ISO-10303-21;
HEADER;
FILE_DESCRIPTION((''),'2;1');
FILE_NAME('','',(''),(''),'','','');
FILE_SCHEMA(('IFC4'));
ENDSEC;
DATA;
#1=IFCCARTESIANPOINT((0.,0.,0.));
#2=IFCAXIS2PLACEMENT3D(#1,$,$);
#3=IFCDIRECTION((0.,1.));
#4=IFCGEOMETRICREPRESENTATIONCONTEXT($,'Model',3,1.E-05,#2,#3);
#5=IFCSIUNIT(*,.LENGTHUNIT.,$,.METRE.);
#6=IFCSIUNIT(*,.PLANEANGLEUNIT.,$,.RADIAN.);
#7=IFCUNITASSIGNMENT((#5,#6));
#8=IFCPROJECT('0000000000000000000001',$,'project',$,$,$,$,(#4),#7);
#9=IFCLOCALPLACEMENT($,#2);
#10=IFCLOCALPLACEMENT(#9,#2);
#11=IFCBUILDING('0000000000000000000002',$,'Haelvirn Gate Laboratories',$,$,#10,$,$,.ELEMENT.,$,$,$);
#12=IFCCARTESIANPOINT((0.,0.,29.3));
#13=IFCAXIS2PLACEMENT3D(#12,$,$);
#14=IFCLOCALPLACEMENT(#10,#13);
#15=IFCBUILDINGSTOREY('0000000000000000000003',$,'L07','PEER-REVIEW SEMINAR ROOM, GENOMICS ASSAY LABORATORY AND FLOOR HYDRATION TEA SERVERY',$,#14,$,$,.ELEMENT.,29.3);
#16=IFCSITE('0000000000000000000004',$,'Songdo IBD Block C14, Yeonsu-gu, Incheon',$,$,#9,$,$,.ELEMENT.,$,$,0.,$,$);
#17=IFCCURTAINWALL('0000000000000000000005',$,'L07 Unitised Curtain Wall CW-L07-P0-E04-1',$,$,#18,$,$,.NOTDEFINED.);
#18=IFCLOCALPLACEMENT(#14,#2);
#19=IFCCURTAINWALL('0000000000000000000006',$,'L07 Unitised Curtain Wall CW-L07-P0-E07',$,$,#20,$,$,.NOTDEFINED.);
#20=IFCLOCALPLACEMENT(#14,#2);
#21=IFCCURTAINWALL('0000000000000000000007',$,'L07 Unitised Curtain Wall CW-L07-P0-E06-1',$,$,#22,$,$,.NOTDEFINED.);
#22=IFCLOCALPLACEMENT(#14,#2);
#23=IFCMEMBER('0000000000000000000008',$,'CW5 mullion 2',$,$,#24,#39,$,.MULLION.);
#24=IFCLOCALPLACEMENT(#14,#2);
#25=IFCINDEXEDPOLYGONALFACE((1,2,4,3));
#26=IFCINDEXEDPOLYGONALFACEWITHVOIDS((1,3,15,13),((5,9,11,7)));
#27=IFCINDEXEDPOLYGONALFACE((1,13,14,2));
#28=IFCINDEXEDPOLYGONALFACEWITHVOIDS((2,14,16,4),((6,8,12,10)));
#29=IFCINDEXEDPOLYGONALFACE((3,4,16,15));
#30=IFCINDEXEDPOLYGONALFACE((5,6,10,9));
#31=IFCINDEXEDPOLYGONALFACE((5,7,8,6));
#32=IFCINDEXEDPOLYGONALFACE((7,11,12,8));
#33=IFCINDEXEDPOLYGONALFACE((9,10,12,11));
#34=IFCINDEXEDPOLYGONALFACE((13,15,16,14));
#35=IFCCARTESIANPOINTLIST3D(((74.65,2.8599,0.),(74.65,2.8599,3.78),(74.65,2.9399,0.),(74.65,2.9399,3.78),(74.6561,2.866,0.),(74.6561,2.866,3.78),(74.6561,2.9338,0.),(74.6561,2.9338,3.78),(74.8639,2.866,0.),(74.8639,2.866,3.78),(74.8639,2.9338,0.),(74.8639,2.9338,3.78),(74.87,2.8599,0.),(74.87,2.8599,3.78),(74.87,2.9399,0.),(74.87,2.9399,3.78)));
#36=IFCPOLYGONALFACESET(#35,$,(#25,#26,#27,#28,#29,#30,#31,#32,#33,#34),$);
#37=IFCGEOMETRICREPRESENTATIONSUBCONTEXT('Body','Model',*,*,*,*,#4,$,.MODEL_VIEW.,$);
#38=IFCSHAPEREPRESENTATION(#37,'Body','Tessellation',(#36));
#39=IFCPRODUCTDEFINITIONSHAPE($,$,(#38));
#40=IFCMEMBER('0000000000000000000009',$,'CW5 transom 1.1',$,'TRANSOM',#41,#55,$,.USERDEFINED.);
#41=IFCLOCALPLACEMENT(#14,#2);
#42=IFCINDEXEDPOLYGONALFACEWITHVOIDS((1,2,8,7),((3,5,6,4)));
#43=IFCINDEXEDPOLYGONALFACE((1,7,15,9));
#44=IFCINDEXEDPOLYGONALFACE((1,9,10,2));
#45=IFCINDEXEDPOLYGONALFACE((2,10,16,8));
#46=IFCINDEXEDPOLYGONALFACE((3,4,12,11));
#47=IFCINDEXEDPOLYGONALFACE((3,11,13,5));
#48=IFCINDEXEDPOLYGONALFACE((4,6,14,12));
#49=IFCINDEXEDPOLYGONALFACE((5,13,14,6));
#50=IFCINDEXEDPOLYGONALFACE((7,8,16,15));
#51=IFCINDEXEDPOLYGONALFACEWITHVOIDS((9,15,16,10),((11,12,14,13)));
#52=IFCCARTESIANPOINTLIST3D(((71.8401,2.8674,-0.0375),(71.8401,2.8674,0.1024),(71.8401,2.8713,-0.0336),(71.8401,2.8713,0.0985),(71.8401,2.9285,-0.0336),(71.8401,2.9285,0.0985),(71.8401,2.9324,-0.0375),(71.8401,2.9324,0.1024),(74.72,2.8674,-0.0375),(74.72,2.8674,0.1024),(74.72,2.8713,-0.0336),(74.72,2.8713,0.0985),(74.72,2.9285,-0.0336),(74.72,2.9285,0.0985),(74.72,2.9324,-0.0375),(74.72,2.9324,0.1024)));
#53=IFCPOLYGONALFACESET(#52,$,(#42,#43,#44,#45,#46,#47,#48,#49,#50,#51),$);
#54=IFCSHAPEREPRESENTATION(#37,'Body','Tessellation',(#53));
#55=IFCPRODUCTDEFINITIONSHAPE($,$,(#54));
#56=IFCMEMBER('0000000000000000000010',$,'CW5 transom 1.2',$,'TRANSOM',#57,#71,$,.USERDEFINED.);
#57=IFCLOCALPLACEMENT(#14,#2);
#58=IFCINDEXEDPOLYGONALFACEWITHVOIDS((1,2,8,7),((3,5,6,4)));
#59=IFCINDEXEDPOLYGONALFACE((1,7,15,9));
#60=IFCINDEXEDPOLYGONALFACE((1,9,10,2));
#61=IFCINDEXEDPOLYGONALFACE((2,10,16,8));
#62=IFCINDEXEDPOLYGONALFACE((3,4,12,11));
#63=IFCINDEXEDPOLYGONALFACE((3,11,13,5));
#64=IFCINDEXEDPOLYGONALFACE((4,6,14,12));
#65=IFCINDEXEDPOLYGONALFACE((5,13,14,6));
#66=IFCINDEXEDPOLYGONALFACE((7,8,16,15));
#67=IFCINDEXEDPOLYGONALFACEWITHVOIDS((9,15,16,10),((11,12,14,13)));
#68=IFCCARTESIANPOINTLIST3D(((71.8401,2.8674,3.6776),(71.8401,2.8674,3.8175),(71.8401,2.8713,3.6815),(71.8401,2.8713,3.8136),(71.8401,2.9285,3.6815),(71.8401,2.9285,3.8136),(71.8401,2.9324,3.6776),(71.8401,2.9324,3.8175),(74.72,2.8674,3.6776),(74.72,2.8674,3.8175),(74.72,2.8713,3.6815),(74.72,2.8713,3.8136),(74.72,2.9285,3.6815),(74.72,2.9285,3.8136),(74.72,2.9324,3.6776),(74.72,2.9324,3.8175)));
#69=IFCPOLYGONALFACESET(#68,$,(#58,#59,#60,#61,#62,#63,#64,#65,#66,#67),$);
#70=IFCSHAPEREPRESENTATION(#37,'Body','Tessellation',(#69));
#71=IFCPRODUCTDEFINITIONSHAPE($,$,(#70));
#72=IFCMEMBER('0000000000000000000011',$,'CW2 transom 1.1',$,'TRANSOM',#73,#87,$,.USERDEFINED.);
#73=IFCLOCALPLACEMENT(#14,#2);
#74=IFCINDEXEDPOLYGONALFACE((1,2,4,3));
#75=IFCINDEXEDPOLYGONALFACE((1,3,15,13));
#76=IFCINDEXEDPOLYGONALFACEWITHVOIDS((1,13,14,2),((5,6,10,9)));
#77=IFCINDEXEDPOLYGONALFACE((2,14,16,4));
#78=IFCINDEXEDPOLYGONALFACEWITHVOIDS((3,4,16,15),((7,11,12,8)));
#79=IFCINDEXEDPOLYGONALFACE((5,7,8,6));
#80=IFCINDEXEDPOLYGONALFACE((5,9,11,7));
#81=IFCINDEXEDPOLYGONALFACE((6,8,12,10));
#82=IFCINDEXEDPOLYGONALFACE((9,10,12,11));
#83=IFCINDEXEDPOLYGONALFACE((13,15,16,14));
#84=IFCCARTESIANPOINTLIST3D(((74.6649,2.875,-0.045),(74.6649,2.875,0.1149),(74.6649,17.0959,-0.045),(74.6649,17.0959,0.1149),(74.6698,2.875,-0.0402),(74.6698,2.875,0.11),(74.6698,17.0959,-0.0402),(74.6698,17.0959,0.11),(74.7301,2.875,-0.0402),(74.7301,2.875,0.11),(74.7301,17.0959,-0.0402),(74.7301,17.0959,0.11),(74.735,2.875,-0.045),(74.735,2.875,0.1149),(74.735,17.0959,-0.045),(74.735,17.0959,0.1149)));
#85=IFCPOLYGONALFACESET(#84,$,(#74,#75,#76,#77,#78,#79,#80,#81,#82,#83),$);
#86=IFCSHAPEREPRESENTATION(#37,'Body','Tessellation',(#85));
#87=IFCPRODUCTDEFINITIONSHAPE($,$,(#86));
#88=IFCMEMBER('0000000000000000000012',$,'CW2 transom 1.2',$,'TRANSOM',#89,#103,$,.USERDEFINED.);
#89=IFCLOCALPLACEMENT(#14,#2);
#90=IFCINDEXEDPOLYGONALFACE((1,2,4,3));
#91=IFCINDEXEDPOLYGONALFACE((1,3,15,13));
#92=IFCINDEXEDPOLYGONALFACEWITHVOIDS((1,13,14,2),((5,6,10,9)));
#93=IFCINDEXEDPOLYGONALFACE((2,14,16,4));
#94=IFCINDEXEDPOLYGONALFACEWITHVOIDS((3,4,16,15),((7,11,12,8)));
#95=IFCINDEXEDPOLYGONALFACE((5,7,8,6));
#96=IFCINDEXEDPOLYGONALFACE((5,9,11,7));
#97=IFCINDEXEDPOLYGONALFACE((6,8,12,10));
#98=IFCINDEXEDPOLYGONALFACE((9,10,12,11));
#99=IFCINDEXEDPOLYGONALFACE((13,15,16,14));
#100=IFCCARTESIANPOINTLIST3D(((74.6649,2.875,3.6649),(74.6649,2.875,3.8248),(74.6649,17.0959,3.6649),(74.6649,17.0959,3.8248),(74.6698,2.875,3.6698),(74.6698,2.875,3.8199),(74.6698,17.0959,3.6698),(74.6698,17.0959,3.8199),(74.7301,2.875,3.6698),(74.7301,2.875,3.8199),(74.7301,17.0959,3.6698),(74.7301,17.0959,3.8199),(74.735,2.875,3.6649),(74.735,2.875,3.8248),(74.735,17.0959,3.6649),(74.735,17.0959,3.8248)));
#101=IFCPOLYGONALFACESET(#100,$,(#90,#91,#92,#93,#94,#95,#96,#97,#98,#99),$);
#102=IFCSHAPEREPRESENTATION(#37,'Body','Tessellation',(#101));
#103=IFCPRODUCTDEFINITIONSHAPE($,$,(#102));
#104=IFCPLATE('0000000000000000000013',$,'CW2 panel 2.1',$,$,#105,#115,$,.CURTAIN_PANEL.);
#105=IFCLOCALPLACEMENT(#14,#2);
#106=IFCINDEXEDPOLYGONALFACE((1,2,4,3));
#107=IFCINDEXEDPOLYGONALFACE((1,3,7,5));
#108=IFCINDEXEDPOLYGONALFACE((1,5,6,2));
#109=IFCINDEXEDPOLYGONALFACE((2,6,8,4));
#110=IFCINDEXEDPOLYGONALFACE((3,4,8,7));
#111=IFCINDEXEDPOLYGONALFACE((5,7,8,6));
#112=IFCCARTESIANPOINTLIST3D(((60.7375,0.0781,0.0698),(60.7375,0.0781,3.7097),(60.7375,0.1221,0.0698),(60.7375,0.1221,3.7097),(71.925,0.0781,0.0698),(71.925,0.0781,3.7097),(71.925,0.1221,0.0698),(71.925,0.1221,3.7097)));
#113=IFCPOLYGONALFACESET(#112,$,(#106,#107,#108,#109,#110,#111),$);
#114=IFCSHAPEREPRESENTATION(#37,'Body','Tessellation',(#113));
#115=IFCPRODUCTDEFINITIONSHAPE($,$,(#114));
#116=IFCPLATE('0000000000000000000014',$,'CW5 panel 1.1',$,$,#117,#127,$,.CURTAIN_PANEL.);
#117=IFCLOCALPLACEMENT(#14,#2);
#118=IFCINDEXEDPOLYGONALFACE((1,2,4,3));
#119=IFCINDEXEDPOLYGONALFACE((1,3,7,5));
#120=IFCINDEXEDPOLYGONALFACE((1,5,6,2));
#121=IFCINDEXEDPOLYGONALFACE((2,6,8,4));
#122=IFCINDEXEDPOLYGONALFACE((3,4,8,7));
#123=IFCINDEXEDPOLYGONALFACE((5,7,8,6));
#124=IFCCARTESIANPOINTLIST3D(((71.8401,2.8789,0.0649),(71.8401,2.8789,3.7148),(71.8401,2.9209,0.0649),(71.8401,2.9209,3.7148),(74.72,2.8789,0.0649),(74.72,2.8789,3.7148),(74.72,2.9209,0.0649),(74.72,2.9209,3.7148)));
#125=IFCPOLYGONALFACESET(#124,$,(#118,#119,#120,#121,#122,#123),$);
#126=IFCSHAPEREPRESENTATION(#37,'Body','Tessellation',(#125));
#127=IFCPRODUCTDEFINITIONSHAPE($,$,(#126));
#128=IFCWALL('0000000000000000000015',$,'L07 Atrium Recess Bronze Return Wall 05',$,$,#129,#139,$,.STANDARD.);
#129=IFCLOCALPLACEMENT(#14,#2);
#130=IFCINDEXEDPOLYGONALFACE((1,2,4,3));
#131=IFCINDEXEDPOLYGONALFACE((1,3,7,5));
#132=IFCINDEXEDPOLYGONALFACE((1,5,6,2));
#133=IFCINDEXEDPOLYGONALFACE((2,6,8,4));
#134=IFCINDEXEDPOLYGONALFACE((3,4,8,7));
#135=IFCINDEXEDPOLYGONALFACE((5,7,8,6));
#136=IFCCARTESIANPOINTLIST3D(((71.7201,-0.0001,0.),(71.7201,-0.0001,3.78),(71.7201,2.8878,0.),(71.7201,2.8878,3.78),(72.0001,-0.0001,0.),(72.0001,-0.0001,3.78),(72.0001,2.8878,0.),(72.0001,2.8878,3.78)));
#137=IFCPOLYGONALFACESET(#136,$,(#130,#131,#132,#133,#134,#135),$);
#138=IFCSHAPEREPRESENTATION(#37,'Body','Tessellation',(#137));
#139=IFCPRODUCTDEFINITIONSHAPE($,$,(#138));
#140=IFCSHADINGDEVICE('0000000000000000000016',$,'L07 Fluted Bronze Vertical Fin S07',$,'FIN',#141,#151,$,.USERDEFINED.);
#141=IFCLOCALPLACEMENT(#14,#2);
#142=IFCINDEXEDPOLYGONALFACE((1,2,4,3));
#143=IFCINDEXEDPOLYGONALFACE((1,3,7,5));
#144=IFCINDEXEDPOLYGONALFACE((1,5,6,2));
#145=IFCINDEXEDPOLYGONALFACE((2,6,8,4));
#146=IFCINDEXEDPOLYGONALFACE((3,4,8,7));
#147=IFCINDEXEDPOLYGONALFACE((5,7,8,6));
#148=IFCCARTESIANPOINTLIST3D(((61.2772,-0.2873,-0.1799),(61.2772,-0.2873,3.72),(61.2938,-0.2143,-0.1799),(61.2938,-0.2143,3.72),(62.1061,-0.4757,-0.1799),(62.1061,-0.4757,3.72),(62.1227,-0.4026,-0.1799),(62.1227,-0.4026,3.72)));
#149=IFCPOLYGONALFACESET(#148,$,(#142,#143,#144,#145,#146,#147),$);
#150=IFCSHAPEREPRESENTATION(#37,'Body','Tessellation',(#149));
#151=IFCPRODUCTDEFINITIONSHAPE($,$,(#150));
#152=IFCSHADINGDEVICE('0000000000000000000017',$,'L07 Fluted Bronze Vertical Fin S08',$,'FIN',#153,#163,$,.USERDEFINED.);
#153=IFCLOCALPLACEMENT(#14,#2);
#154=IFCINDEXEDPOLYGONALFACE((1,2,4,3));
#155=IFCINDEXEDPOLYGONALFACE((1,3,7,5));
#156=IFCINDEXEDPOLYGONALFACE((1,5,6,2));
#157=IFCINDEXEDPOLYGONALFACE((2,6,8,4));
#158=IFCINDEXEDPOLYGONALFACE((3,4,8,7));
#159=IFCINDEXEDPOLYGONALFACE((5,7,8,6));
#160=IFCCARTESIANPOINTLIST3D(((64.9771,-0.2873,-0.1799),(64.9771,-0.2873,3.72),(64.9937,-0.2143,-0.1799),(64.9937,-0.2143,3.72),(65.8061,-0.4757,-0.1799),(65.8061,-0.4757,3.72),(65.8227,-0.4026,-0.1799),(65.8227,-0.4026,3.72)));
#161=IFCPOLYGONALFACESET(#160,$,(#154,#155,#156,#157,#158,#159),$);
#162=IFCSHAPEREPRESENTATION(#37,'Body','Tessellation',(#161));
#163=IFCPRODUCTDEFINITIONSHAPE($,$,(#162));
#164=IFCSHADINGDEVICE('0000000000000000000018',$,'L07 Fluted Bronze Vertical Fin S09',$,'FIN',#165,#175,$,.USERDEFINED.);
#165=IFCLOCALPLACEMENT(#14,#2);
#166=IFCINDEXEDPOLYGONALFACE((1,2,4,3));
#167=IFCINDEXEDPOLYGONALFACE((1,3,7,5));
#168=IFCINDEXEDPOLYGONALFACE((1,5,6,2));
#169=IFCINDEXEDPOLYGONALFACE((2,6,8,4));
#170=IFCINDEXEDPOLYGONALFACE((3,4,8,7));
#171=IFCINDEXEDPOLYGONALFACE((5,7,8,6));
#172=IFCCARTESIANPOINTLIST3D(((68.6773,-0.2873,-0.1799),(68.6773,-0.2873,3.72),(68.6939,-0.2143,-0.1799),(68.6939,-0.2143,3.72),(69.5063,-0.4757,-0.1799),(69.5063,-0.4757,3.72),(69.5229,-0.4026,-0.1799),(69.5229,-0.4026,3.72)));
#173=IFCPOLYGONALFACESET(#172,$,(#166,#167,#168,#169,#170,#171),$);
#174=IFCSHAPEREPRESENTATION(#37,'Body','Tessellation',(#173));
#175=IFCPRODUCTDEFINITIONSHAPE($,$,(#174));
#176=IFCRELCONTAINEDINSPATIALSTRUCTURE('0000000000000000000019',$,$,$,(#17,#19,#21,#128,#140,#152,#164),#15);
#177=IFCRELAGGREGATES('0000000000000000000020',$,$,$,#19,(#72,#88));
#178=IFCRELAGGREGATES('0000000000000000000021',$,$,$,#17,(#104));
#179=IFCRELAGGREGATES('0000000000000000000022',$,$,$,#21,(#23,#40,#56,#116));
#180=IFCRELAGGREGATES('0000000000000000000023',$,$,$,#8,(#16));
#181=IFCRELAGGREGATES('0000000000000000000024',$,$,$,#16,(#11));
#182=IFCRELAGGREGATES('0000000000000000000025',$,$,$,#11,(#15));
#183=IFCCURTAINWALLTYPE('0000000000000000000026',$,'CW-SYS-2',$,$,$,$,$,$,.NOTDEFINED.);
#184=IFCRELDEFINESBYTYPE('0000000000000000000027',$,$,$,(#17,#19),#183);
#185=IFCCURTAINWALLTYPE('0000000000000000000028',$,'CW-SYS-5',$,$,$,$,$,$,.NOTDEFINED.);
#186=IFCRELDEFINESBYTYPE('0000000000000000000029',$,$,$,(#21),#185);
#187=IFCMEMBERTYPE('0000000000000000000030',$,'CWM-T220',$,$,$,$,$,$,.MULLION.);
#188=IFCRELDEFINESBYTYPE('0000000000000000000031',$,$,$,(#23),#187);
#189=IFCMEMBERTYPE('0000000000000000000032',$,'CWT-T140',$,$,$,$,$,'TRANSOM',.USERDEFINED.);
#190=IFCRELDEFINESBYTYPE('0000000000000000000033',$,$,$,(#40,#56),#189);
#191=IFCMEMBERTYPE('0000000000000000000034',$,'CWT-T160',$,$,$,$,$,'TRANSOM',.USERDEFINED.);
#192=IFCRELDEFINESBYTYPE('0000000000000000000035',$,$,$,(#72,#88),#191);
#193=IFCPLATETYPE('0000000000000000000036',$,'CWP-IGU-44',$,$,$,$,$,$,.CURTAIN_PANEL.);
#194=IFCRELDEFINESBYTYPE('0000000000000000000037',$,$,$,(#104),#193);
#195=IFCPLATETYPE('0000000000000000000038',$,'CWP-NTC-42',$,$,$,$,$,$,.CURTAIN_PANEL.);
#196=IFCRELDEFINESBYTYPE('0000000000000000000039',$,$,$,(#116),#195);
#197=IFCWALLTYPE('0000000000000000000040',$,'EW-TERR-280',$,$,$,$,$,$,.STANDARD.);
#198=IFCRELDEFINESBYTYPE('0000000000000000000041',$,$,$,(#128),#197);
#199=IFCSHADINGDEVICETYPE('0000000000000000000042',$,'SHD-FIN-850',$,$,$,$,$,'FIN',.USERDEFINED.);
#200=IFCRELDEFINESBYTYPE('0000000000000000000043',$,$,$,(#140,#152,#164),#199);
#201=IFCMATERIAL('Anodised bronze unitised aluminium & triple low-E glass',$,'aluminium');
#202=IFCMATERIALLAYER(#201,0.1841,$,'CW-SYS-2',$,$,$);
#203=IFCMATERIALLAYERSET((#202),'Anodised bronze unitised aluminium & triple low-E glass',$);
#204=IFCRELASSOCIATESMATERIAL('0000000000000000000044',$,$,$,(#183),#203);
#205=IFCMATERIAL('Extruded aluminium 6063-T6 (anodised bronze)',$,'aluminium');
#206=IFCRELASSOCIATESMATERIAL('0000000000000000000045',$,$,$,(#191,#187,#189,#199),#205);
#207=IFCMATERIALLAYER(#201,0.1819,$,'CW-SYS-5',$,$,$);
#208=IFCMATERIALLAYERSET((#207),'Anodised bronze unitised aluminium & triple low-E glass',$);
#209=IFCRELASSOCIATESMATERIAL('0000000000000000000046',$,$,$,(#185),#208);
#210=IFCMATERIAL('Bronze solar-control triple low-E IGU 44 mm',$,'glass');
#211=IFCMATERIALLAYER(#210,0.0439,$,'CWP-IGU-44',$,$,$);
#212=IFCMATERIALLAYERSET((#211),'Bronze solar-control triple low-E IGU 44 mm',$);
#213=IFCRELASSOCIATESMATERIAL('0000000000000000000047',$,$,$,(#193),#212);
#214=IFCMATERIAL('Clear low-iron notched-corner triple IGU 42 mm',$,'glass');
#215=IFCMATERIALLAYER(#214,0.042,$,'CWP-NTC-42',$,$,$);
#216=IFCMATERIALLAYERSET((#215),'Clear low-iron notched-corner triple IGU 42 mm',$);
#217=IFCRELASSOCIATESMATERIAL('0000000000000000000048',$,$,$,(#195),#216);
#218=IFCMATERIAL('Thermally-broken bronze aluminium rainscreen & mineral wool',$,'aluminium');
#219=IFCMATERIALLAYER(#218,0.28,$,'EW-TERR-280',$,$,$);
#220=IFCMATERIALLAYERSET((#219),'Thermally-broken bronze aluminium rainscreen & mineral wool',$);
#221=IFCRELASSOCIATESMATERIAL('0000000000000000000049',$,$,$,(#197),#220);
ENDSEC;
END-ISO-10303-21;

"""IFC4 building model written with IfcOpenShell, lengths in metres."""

from ifc_helpers import new_model, si_unit, direction, frame, frame_2d, origin, origin_2d, place, context, subcontext, project, spatial, rectangle, hollow_rectangle, extrude, source, transform, mapped, material, layer, layer_set, material_profile, profile_set, type_object, type_shapes, element, aggregate, save


model = new_model("IFC4")

# Units and contexts
model_context = context("Model", 3, precision=1e-05, world=origin(), true_north=direction((0.0, 1.0)))
body_context = subcontext(model_context, "Body", "Model", "MODEL_VIEW")
ifc_project = project(units=[si_unit("LENGTHUNIT", "METRE"), si_unit("PLANEANGLEUNIT", "RADIAN")], contexts=[model_context])

# Site, building, storey
site_placement = place(None, origin())
site = spatial("IfcSite", under=ifc_project, at=site_placement, Name="Songdo IBD Block C14, Yeonsu-gu, Incheon", CompositionType="ELEMENT", RefElevation=0.0)
building_placement = place(site_placement, origin())
building = spatial("IfcBuilding", under=site, at=building_placement, Name="Haelvirn Gate Laboratories", CompositionType="ELEMENT")
storey_placement = place(building_placement, frame((0.0, 0.0, 29.3)))
storey = spatial("IfcBuildingStorey", under=building, at=storey_placement, Name="L07", Description="PEER-REVIEW SEMINAR ROOM, GENOMICS ASSAY LABORATORY AND FLOOR HYDRATION TEA SERVERY", CompositionType="ELEMENT", Elevation=29.3)

# Curtain wall
ifc_material_1 = material(Name="Anodised bronze unitised aluminium & triple low-E glass", Category="aluminium")
ifc_layer_1 = layer(ifc_material_1, 0.1841, Name="CW-SYS-2")
ifc_layer_set_1 = layer_set([ifc_layer_1], Name="Anodised bronze unitised aluminium & triple low-E glass")
curtain_wall_type_1 = type_object("IfcCurtainWallType", Name="CW-SYS-2", PredefinedType="NOTDEFINED", material=ifc_layer_set_1)
curtain_wall_1_placement = place(storey_placement, origin())
curtain_wall_1 = element("IfcCurtainWall", 1, at=curtain_wall_1_placement, inside=storey, type_object=curtain_wall_type_1, Name="L07 Unitised Curtain Wall CW-L07-P0-E04-1", PredefinedType="NOTDEFINED")
ifc_material_2 = material(Name="Extruded aluminium 6063-T6 (anodised bronze)", Category="aluminium")

# Curtain wall
curtain_wall_2_placement = place(storey_placement, origin())
curtain_wall_2 = element("IfcCurtainWall", 2, at=curtain_wall_2_placement, inside=storey, type_object=curtain_wall_type_1, Name="L07 Unitised Curtain Wall CW-L07-P0-E07", PredefinedType="NOTDEFINED")

# Shared definitions
ifc_material_profile_1 = material_profile(ifc_material_2, hollow_rectangle(XDim=0.0701, YDim=0.1599, WallThickness=0.0049, at=origin_2d()), Name="CWT-160x70x5")
ifc_profile_set_1 = profile_set([ifc_material_profile_1], Name="Extruded aluminium 6063-T6 (anodised bronze)")
member_type_1 = type_object("IfcMemberType", Name="CWT-T160", ElementType="TRANSOM", PredefinedType="USERDEFINED", material=ifc_profile_set_1)

# Curtain wall, members
ifc_layer_2 = layer(ifc_material_1, 0.1819, Name="CW-SYS-5")
ifc_layer_set_2 = layer_set([ifc_layer_2], Name="Anodised bronze unitised aluminium & triple low-E glass")
curtain_wall_type_2 = type_object("IfcCurtainWallType", Name="CW-SYS-5", PredefinedType="NOTDEFINED", material=ifc_layer_set_2)
curtain_wall_3_placement = place(storey_placement, origin())
curtain_wall_3 = element("IfcCurtainWall", 3, at=curtain_wall_3_placement, inside=storey, type_object=curtain_wall_type_2, Name="L07 Unitised Curtain Wall CW-L07-P0-E06-1", PredefinedType="NOTDEFINED")
ifc_material_profile_2 = material_profile(ifc_material_2, hollow_rectangle(XDim=0.0801, YDim=0.22, WallThickness=0.0061, at=origin_2d()), Name="CWM-220x80x6")
ifc_profile_set_2 = profile_set([ifc_material_profile_2], Name="Extruded aluminium 6063-T6 (anodised bronze)")
member_type_2 = type_object("IfcMemberType", Name="CWM-T220", PredefinedType="MULLION", material=ifc_profile_set_2)
shared_shape_1 = source(origin(), body_context, "Body", "SweptSolid", [
    extrude(hollow_rectangle(XDim=0.0801, YDim=0.22, WallThickness=0.0061, at=origin_2d()), origin(), (0.0, 0.0, 1.0), 3.78),
])
type_shapes(member_type_2, [shared_shape_1])
member_1_placement = place(storey_placement, frame((74.76, 2.8999, 0.0), z_axis=(0.0, 0.0, 1.0), x_axis=(0.0, 1.0, 0.0)))
member_1 = element("IfcMember", 4, at=member_1_placement, type_object=member_type_2, Name="CW5 mullion 2", PredefinedType="MULLION", context=body_context, shape_type="MappedRepresentation", body=[
    mapped(shared_shape_1, transform((0.0, 0.0, 0.0), scale=1.0)),
])
ifc_material_profile_3 = material_profile(ifc_material_2, hollow_rectangle(XDim=0.0649, YDim=0.1399, WallThickness=0.0039, at=origin_2d()), Name="CWT-140x65x4")
ifc_profile_set_3 = profile_set([ifc_material_profile_3], Name="Extruded aluminium 6063-T6 (anodised bronze)")
member_type_3 = type_object("IfcMemberType", Name="CWT-T140", ElementType="TRANSOM", PredefinedType="USERDEFINED", material=ifc_profile_set_3)
shared_shape_2 = source(origin(), body_context, "Body", "SweptSolid", [
    extrude(hollow_rectangle(XDim=0.0649, YDim=0.1399, WallThickness=0.0039, at=origin_2d()), origin(), (0.0, 0.0, 1.0), 2.8799),
])
type_shapes(member_type_3, [shared_shape_2])
member_2_placement = place(storey_placement, frame((71.8401, 2.8999, 0.0325), z_axis=(1.0, 0.0, 0.0), x_axis=(0.0, 1.0, 0.0)))
member_2 = element("IfcMember", 5, at=member_2_placement, type_object=member_type_3, Name="CW5 transom 1.1", ObjectType="TRANSOM", PredefinedType="USERDEFINED", context=body_context, shape_type="MappedRepresentation", body=[
    mapped(shared_shape_2, transform((0.0, 0.0, 0.0), scale=1.0)),
])
member_3_placement = place(storey_placement, frame((71.8401, 2.8999, 3.7476), z_axis=(1.0, 0.0, 0.0), x_axis=(0.0, 1.0, 0.0)))
member_3 = element("IfcMember", 6, at=member_3_placement, type_object=member_type_3, Name="CW5 transom 1.2", ObjectType="TRANSOM", PredefinedType="USERDEFINED", context=body_context, shape_type="MappedRepresentation", body=[
    mapped(shared_shape_2, transform((0.0, 0.0, 0.0), scale=1.0)),
])

# Members
shared_shape_3 = source(origin(), body_context, "Body", "SweptSolid", [
    extrude(hollow_rectangle(XDim=0.0701, YDim=0.1599, WallThickness=0.0049, at=origin_2d()), origin(), (0.0, 0.0, 1.0), 14.2209),
])
member_4_placement = place(storey_placement, frame((74.7, 2.875, 0.0349), z_axis=(0.0, 1.0, 0.0), x_axis=(-1.0, 0.0, 0.0)))
member_4 = element("IfcMember", 7, at=member_4_placement, type_object=member_type_1, Name="CW2 transom 1.1", ObjectType="TRANSOM", PredefinedType="USERDEFINED", context=body_context, shape_type="MappedRepresentation", body=[
    mapped(shared_shape_3, transform((0.0, 0.0, 0.0), scale=1.0)),
])
member_5_placement = place(storey_placement, frame((74.7, 2.875, 3.7449), z_axis=(0.0, 1.0, 0.0), x_axis=(-1.0, 0.0, 0.0)))
member_5 = element("IfcMember", 8, at=member_5_placement, type_object=member_type_1, Name="CW2 transom 1.2", ObjectType="TRANSOM", PredefinedType="USERDEFINED", context=body_context, shape_type="MappedRepresentation", body=[
    mapped(shared_shape_3, transform((0.0, 0.0, 0.0), scale=1.0)),
])
aggregate(curtain_wall_2, [member_4, member_5])

# Plates
ifc_material_3 = material(Name="Bronze solar-control triple low-E IGU 44 mm", Category="glass")
ifc_layer_3 = layer(ifc_material_3, 0.0439, Name="CWP-IGU-44")
ifc_layer_set_3 = layer_set([ifc_layer_3], Name="Bronze solar-control triple low-E IGU 44 mm")
plate_type_1 = type_object("IfcPlateType", Name="CWP-IGU-44", PredefinedType="CURTAIN_PANEL", material=ifc_layer_set_3)
shared_shape_4 = source(origin(), body_context, "Body", "SweptSolid", [
    extrude(rectangle(XDim=11.1875, YDim=0.0439, at=origin_2d()), origin(), (0.0, 0.0, 1.0), 3.6399),
])
type_shapes(plate_type_1, [shared_shape_4])
plate_1_placement = place(storey_placement, frame((66.3313, 0.1001, 0.0698), z_axis=(0.0, 0.0, 1.0), x_axis=(1.0, 0.0, 0.0)))
plate_1 = element("IfcPlate", 9, at=plate_1_placement, type_object=plate_type_1, Name="CW2 panel 2.1", PredefinedType="CURTAIN_PANEL", context=body_context, shape_type="MappedRepresentation", body=[
    mapped(shared_shape_4, transform((0.0, 0.0, 0.0), scale=1.0)),
])
aggregate(curtain_wall_1, [plate_1])
ifc_material_4 = material(Name="Clear low-iron notched-corner triple IGU 42 mm", Category="glass")
ifc_layer_4 = layer(ifc_material_4, 0.042, Name="CWP-NTC-42")
ifc_layer_set_4 = layer_set([ifc_layer_4], Name="Clear low-iron notched-corner triple IGU 42 mm")
plate_type_2 = type_object("IfcPlateType", Name="CWP-NTC-42", PredefinedType="CURTAIN_PANEL", material=ifc_layer_set_4)
shared_shape_5 = source(origin(), body_context, "Body", "SweptSolid", [
    extrude(rectangle(XDim=2.8799, YDim=0.042, at=origin_2d()), origin(), (0.0, 0.0, 1.0), 3.6499),
])
type_shapes(plate_type_2, [shared_shape_5])
plate_2_placement = place(storey_placement, frame((73.28, 2.8999, 0.0649), z_axis=(0.0, 0.0, 1.0), x_axis=(1.0, 0.0, 0.0)))
plate_2 = element("IfcPlate", 10, at=plate_2_placement, type_object=plate_type_2, Name="CW5 panel 1.1", PredefinedType="CURTAIN_PANEL", context=body_context, shape_type="MappedRepresentation", body=[
    mapped(shared_shape_5, transform((0.0, 0.0, 0.0), scale=1.0)),
])
aggregate(curtain_wall_3, [member_1, member_2, member_3, plate_2])

# Wall
ifc_material_5 = material(Name="Thermally-broken bronze aluminium rainscreen & mineral wool", Category="aluminium")
ifc_layer_5 = layer(ifc_material_5, 0.28, Name="EW-TERR-280")
ifc_layer_set_5 = layer_set([ifc_layer_5], Name="Thermally-broken bronze aluminium rainscreen & mineral wool")
wall_type = type_object("IfcWallType", Name="EW-TERR-280", PredefinedType="STANDARD", material=ifc_layer_set_5)
wall_placement = place(storey_placement, frame((71.8601, 0.0, 0.0), z_axis=(0.0, 0.0, 1.0), x_axis=(0.0, 1.0, 0.0)))
element("IfcWall", 11, at=wall_placement, inside=storey, type_object=wall_type, Name="L07 Atrium Recess Bronze Return Wall 05", PredefinedType="STANDARD", context=body_context, shape_type="SweptSolid", body=[
    extrude(rectangle(XDim=2.8879, YDim=0.28, at=frame_2d((1.4438, 0.0))), origin(), (0.0, 0.0, 1.0), 3.78),
])

# Shading devices
ifc_material_profile_4 = material_profile(ifc_material_2, rectangle(XDim=0.075, YDim=0.8501, at=origin_2d()), Name="FIN-850x75")
ifc_profile_set_4 = profile_set([ifc_material_profile_4], Name="Extruded aluminium 6063-T6 (anodised bronze)")
shading_device_type = type_object("IfcShadingDeviceType", Name="SHD-FIN-850", ElementType="FIN", PredefinedType="USERDEFINED", material=ifc_profile_set_4)
shared_shape_6 = source(origin(), body_context, "Body", "SweptSolid", [
    extrude(rectangle(XDim=0.075, YDim=0.8501, at=origin_2d()), origin(), (0.0, 0.0, 1.0), 3.8999),
])
type_shapes(shading_device_type, [shared_shape_6])
for number, where, z_axis, x_axis, name in (
    (12, (61.7, -0.345, -0.1799), (0.0, 0.0, 1.0), (0.221548, 0.975149, 0.0), "L07 Fluted Bronze Vertical Fin S07"),
    (13, (65.3999, -0.345, -0.1799), (0.0, 0.0, 1.0), (0.221548, 0.975149, 0.0), "L07 Fluted Bronze Vertical Fin S08"),
    (14, (69.1001, -0.345, -0.1799), (0.0, 0.0, 1.0), (0.221548, 0.975149, 0.0), "L07 Fluted Bronze Vertical Fin S09"),
):
    element("IfcShadingDevice", number, at=place(storey_placement, frame(where, z_axis=z_axis, x_axis=x_axis)), inside=storey, type_object=shading_device_type, Name=name, ObjectType="FIN", PredefinedType="USERDEFINED", context=body_context, shape_type="MappedRepresentation", body=[
        mapped(shared_shape_6, transform((0.0, 0.0, 0.0), scale=1.0)),
    ])

save(model, "model.ifc")
